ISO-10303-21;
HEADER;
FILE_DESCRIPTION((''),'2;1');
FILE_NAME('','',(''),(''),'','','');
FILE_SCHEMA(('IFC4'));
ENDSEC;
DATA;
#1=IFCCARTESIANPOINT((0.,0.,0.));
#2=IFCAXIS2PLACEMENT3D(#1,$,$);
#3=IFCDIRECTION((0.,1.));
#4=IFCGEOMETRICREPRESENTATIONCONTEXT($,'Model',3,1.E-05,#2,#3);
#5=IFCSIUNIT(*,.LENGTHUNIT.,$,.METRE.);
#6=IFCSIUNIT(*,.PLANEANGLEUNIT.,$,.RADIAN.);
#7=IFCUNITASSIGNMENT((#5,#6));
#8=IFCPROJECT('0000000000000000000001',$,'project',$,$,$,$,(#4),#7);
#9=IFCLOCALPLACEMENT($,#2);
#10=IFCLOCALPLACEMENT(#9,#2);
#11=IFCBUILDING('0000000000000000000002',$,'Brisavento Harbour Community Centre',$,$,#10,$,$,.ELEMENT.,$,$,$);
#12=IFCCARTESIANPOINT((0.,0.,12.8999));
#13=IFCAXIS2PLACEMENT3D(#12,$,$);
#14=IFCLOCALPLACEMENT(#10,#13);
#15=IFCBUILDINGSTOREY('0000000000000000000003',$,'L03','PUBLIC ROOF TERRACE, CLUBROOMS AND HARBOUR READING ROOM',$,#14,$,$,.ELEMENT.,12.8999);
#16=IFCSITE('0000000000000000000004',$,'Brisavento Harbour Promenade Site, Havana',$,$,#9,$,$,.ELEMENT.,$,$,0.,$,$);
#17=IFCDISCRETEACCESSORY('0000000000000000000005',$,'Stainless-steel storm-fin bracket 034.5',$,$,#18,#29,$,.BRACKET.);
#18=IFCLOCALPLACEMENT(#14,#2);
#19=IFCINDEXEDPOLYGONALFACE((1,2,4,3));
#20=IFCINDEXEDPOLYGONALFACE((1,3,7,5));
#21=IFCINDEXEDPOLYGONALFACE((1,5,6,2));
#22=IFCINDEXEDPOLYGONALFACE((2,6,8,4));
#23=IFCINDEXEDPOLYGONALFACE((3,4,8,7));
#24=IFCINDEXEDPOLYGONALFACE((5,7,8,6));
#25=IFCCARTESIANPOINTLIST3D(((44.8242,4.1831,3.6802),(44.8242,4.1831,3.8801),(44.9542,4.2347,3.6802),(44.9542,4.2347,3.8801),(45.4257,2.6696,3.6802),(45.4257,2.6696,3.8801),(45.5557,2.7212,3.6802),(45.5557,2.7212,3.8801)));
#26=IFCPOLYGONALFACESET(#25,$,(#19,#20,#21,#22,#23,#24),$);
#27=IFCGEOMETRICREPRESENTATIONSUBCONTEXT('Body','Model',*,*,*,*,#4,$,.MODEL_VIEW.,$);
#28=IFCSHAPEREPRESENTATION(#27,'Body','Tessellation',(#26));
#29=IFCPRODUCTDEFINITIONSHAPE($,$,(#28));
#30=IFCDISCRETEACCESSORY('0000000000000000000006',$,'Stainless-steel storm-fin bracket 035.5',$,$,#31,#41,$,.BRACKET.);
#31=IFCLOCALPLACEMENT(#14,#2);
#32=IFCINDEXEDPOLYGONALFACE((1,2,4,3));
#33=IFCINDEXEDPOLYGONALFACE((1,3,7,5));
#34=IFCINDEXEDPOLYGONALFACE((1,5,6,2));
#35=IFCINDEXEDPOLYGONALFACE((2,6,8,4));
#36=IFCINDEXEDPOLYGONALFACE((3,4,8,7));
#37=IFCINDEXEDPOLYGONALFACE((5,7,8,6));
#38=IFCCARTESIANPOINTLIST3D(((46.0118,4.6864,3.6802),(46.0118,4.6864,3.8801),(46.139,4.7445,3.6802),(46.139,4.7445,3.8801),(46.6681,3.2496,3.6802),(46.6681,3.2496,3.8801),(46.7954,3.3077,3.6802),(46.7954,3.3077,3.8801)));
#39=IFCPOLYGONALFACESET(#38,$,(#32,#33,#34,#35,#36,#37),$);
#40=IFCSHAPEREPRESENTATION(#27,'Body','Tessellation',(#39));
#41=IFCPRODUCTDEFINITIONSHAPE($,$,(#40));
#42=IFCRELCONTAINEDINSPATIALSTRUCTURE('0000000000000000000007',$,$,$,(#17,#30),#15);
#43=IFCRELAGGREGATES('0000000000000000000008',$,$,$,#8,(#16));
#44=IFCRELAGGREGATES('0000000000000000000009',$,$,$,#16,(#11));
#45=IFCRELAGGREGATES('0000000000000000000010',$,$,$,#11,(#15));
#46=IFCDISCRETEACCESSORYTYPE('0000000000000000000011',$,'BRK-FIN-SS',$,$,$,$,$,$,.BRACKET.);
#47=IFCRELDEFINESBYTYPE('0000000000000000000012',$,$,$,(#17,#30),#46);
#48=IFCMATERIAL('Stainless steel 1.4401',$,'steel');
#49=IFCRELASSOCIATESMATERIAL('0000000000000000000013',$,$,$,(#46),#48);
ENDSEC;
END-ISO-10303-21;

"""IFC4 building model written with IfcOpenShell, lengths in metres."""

from ifc_helpers import new_model, si_unit, direction, frame, origin, origin_2d, place, context, subcontext, project, spatial, rectangle, extrude, material, type_object, element, save


model = new_model("IFC4")

# Units and contexts
model_context = context("Model", 3, precision=1e-05, world=origin(), true_north=direction((0.0, 1.0)))
body_context = subcontext(model_context, "Body", "Model", "MODEL_VIEW")
ifc_project = project(units=[si_unit("LENGTHUNIT", "METRE"), si_unit("PLANEANGLEUNIT", "RADIAN")], contexts=[model_context])

# Site, building, storey
site_placement = place(None, origin())
site = spatial("IfcSite", under=ifc_project, at=site_placement, Name="Brisavento Harbour Promenade Site, Havana", CompositionType="ELEMENT", RefElevation=0.0)
building_placement = place(site_placement, origin())
building = spatial("IfcBuilding", under=site, at=building_placement, Name="Brisavento Harbour Community Centre", CompositionType="ELEMENT")
storey_placement = place(building_placement, frame((0.0, 0.0, 12.8999)))
storey = spatial("IfcBuildingStorey", under=building, at=storey_placement, Name="L03", Description="PUBLIC ROOF TERRACE, CLUBROOMS AND HARBOUR READING ROOM", CompositionType="ELEMENT", Elevation=12.8999)

# Shared definitions
ifc_material_1 = material(Name="Stainless steel 1.4401", Category="steel")

# Discrete accessories
discrete_accessory_type = type_object("IfcDiscreteAccessoryType", Name="BRK-FIN-SS", PredefinedType="BRACKET", material=ifc_material_1)
discrete_accessory_1_placement = place(storey_placement, frame((45.1899, 3.4521, 3.6802), z_axis=(0.0, 0.0, 1.0), x_axis=(0.369341, -0.929294, 0.0)))
element("IfcDiscreteAccessory", 1, at=discrete_accessory_1_placement, inside=storey, type_object=discrete_accessory_type, Name="Stainless-steel storm-fin bracket 034.5", PredefinedType="BRACKET", context=body_context, shape_type="SweptSolid", body=[
    extrude(rectangle(XDim=1.6287, YDim=0.1399, at=origin_2d()), origin(), (0.0, 0.0, 1.0), 0.2),
])
discrete_accessory_2_placement = place(storey_placement, frame((46.4036, 3.9971, 3.6802), z_axis=(0.0, 0.0, 1.0), x_axis=(0.415519, -0.909585, 0.0)))
element("IfcDiscreteAccessory", 2, at=discrete_accessory_2_placement, inside=storey, type_object=discrete_accessory_type, Name="Stainless-steel storm-fin bracket 035.5", PredefinedType="BRACKET", context=body_context, shape_type="SweptSolid", body=[
    extrude(rectangle(XDim=1.5796, YDim=0.1399, at=origin_2d()), origin(), (0.0, 0.0, 1.0), 0.2),
])

save(model, "model.ifc")
